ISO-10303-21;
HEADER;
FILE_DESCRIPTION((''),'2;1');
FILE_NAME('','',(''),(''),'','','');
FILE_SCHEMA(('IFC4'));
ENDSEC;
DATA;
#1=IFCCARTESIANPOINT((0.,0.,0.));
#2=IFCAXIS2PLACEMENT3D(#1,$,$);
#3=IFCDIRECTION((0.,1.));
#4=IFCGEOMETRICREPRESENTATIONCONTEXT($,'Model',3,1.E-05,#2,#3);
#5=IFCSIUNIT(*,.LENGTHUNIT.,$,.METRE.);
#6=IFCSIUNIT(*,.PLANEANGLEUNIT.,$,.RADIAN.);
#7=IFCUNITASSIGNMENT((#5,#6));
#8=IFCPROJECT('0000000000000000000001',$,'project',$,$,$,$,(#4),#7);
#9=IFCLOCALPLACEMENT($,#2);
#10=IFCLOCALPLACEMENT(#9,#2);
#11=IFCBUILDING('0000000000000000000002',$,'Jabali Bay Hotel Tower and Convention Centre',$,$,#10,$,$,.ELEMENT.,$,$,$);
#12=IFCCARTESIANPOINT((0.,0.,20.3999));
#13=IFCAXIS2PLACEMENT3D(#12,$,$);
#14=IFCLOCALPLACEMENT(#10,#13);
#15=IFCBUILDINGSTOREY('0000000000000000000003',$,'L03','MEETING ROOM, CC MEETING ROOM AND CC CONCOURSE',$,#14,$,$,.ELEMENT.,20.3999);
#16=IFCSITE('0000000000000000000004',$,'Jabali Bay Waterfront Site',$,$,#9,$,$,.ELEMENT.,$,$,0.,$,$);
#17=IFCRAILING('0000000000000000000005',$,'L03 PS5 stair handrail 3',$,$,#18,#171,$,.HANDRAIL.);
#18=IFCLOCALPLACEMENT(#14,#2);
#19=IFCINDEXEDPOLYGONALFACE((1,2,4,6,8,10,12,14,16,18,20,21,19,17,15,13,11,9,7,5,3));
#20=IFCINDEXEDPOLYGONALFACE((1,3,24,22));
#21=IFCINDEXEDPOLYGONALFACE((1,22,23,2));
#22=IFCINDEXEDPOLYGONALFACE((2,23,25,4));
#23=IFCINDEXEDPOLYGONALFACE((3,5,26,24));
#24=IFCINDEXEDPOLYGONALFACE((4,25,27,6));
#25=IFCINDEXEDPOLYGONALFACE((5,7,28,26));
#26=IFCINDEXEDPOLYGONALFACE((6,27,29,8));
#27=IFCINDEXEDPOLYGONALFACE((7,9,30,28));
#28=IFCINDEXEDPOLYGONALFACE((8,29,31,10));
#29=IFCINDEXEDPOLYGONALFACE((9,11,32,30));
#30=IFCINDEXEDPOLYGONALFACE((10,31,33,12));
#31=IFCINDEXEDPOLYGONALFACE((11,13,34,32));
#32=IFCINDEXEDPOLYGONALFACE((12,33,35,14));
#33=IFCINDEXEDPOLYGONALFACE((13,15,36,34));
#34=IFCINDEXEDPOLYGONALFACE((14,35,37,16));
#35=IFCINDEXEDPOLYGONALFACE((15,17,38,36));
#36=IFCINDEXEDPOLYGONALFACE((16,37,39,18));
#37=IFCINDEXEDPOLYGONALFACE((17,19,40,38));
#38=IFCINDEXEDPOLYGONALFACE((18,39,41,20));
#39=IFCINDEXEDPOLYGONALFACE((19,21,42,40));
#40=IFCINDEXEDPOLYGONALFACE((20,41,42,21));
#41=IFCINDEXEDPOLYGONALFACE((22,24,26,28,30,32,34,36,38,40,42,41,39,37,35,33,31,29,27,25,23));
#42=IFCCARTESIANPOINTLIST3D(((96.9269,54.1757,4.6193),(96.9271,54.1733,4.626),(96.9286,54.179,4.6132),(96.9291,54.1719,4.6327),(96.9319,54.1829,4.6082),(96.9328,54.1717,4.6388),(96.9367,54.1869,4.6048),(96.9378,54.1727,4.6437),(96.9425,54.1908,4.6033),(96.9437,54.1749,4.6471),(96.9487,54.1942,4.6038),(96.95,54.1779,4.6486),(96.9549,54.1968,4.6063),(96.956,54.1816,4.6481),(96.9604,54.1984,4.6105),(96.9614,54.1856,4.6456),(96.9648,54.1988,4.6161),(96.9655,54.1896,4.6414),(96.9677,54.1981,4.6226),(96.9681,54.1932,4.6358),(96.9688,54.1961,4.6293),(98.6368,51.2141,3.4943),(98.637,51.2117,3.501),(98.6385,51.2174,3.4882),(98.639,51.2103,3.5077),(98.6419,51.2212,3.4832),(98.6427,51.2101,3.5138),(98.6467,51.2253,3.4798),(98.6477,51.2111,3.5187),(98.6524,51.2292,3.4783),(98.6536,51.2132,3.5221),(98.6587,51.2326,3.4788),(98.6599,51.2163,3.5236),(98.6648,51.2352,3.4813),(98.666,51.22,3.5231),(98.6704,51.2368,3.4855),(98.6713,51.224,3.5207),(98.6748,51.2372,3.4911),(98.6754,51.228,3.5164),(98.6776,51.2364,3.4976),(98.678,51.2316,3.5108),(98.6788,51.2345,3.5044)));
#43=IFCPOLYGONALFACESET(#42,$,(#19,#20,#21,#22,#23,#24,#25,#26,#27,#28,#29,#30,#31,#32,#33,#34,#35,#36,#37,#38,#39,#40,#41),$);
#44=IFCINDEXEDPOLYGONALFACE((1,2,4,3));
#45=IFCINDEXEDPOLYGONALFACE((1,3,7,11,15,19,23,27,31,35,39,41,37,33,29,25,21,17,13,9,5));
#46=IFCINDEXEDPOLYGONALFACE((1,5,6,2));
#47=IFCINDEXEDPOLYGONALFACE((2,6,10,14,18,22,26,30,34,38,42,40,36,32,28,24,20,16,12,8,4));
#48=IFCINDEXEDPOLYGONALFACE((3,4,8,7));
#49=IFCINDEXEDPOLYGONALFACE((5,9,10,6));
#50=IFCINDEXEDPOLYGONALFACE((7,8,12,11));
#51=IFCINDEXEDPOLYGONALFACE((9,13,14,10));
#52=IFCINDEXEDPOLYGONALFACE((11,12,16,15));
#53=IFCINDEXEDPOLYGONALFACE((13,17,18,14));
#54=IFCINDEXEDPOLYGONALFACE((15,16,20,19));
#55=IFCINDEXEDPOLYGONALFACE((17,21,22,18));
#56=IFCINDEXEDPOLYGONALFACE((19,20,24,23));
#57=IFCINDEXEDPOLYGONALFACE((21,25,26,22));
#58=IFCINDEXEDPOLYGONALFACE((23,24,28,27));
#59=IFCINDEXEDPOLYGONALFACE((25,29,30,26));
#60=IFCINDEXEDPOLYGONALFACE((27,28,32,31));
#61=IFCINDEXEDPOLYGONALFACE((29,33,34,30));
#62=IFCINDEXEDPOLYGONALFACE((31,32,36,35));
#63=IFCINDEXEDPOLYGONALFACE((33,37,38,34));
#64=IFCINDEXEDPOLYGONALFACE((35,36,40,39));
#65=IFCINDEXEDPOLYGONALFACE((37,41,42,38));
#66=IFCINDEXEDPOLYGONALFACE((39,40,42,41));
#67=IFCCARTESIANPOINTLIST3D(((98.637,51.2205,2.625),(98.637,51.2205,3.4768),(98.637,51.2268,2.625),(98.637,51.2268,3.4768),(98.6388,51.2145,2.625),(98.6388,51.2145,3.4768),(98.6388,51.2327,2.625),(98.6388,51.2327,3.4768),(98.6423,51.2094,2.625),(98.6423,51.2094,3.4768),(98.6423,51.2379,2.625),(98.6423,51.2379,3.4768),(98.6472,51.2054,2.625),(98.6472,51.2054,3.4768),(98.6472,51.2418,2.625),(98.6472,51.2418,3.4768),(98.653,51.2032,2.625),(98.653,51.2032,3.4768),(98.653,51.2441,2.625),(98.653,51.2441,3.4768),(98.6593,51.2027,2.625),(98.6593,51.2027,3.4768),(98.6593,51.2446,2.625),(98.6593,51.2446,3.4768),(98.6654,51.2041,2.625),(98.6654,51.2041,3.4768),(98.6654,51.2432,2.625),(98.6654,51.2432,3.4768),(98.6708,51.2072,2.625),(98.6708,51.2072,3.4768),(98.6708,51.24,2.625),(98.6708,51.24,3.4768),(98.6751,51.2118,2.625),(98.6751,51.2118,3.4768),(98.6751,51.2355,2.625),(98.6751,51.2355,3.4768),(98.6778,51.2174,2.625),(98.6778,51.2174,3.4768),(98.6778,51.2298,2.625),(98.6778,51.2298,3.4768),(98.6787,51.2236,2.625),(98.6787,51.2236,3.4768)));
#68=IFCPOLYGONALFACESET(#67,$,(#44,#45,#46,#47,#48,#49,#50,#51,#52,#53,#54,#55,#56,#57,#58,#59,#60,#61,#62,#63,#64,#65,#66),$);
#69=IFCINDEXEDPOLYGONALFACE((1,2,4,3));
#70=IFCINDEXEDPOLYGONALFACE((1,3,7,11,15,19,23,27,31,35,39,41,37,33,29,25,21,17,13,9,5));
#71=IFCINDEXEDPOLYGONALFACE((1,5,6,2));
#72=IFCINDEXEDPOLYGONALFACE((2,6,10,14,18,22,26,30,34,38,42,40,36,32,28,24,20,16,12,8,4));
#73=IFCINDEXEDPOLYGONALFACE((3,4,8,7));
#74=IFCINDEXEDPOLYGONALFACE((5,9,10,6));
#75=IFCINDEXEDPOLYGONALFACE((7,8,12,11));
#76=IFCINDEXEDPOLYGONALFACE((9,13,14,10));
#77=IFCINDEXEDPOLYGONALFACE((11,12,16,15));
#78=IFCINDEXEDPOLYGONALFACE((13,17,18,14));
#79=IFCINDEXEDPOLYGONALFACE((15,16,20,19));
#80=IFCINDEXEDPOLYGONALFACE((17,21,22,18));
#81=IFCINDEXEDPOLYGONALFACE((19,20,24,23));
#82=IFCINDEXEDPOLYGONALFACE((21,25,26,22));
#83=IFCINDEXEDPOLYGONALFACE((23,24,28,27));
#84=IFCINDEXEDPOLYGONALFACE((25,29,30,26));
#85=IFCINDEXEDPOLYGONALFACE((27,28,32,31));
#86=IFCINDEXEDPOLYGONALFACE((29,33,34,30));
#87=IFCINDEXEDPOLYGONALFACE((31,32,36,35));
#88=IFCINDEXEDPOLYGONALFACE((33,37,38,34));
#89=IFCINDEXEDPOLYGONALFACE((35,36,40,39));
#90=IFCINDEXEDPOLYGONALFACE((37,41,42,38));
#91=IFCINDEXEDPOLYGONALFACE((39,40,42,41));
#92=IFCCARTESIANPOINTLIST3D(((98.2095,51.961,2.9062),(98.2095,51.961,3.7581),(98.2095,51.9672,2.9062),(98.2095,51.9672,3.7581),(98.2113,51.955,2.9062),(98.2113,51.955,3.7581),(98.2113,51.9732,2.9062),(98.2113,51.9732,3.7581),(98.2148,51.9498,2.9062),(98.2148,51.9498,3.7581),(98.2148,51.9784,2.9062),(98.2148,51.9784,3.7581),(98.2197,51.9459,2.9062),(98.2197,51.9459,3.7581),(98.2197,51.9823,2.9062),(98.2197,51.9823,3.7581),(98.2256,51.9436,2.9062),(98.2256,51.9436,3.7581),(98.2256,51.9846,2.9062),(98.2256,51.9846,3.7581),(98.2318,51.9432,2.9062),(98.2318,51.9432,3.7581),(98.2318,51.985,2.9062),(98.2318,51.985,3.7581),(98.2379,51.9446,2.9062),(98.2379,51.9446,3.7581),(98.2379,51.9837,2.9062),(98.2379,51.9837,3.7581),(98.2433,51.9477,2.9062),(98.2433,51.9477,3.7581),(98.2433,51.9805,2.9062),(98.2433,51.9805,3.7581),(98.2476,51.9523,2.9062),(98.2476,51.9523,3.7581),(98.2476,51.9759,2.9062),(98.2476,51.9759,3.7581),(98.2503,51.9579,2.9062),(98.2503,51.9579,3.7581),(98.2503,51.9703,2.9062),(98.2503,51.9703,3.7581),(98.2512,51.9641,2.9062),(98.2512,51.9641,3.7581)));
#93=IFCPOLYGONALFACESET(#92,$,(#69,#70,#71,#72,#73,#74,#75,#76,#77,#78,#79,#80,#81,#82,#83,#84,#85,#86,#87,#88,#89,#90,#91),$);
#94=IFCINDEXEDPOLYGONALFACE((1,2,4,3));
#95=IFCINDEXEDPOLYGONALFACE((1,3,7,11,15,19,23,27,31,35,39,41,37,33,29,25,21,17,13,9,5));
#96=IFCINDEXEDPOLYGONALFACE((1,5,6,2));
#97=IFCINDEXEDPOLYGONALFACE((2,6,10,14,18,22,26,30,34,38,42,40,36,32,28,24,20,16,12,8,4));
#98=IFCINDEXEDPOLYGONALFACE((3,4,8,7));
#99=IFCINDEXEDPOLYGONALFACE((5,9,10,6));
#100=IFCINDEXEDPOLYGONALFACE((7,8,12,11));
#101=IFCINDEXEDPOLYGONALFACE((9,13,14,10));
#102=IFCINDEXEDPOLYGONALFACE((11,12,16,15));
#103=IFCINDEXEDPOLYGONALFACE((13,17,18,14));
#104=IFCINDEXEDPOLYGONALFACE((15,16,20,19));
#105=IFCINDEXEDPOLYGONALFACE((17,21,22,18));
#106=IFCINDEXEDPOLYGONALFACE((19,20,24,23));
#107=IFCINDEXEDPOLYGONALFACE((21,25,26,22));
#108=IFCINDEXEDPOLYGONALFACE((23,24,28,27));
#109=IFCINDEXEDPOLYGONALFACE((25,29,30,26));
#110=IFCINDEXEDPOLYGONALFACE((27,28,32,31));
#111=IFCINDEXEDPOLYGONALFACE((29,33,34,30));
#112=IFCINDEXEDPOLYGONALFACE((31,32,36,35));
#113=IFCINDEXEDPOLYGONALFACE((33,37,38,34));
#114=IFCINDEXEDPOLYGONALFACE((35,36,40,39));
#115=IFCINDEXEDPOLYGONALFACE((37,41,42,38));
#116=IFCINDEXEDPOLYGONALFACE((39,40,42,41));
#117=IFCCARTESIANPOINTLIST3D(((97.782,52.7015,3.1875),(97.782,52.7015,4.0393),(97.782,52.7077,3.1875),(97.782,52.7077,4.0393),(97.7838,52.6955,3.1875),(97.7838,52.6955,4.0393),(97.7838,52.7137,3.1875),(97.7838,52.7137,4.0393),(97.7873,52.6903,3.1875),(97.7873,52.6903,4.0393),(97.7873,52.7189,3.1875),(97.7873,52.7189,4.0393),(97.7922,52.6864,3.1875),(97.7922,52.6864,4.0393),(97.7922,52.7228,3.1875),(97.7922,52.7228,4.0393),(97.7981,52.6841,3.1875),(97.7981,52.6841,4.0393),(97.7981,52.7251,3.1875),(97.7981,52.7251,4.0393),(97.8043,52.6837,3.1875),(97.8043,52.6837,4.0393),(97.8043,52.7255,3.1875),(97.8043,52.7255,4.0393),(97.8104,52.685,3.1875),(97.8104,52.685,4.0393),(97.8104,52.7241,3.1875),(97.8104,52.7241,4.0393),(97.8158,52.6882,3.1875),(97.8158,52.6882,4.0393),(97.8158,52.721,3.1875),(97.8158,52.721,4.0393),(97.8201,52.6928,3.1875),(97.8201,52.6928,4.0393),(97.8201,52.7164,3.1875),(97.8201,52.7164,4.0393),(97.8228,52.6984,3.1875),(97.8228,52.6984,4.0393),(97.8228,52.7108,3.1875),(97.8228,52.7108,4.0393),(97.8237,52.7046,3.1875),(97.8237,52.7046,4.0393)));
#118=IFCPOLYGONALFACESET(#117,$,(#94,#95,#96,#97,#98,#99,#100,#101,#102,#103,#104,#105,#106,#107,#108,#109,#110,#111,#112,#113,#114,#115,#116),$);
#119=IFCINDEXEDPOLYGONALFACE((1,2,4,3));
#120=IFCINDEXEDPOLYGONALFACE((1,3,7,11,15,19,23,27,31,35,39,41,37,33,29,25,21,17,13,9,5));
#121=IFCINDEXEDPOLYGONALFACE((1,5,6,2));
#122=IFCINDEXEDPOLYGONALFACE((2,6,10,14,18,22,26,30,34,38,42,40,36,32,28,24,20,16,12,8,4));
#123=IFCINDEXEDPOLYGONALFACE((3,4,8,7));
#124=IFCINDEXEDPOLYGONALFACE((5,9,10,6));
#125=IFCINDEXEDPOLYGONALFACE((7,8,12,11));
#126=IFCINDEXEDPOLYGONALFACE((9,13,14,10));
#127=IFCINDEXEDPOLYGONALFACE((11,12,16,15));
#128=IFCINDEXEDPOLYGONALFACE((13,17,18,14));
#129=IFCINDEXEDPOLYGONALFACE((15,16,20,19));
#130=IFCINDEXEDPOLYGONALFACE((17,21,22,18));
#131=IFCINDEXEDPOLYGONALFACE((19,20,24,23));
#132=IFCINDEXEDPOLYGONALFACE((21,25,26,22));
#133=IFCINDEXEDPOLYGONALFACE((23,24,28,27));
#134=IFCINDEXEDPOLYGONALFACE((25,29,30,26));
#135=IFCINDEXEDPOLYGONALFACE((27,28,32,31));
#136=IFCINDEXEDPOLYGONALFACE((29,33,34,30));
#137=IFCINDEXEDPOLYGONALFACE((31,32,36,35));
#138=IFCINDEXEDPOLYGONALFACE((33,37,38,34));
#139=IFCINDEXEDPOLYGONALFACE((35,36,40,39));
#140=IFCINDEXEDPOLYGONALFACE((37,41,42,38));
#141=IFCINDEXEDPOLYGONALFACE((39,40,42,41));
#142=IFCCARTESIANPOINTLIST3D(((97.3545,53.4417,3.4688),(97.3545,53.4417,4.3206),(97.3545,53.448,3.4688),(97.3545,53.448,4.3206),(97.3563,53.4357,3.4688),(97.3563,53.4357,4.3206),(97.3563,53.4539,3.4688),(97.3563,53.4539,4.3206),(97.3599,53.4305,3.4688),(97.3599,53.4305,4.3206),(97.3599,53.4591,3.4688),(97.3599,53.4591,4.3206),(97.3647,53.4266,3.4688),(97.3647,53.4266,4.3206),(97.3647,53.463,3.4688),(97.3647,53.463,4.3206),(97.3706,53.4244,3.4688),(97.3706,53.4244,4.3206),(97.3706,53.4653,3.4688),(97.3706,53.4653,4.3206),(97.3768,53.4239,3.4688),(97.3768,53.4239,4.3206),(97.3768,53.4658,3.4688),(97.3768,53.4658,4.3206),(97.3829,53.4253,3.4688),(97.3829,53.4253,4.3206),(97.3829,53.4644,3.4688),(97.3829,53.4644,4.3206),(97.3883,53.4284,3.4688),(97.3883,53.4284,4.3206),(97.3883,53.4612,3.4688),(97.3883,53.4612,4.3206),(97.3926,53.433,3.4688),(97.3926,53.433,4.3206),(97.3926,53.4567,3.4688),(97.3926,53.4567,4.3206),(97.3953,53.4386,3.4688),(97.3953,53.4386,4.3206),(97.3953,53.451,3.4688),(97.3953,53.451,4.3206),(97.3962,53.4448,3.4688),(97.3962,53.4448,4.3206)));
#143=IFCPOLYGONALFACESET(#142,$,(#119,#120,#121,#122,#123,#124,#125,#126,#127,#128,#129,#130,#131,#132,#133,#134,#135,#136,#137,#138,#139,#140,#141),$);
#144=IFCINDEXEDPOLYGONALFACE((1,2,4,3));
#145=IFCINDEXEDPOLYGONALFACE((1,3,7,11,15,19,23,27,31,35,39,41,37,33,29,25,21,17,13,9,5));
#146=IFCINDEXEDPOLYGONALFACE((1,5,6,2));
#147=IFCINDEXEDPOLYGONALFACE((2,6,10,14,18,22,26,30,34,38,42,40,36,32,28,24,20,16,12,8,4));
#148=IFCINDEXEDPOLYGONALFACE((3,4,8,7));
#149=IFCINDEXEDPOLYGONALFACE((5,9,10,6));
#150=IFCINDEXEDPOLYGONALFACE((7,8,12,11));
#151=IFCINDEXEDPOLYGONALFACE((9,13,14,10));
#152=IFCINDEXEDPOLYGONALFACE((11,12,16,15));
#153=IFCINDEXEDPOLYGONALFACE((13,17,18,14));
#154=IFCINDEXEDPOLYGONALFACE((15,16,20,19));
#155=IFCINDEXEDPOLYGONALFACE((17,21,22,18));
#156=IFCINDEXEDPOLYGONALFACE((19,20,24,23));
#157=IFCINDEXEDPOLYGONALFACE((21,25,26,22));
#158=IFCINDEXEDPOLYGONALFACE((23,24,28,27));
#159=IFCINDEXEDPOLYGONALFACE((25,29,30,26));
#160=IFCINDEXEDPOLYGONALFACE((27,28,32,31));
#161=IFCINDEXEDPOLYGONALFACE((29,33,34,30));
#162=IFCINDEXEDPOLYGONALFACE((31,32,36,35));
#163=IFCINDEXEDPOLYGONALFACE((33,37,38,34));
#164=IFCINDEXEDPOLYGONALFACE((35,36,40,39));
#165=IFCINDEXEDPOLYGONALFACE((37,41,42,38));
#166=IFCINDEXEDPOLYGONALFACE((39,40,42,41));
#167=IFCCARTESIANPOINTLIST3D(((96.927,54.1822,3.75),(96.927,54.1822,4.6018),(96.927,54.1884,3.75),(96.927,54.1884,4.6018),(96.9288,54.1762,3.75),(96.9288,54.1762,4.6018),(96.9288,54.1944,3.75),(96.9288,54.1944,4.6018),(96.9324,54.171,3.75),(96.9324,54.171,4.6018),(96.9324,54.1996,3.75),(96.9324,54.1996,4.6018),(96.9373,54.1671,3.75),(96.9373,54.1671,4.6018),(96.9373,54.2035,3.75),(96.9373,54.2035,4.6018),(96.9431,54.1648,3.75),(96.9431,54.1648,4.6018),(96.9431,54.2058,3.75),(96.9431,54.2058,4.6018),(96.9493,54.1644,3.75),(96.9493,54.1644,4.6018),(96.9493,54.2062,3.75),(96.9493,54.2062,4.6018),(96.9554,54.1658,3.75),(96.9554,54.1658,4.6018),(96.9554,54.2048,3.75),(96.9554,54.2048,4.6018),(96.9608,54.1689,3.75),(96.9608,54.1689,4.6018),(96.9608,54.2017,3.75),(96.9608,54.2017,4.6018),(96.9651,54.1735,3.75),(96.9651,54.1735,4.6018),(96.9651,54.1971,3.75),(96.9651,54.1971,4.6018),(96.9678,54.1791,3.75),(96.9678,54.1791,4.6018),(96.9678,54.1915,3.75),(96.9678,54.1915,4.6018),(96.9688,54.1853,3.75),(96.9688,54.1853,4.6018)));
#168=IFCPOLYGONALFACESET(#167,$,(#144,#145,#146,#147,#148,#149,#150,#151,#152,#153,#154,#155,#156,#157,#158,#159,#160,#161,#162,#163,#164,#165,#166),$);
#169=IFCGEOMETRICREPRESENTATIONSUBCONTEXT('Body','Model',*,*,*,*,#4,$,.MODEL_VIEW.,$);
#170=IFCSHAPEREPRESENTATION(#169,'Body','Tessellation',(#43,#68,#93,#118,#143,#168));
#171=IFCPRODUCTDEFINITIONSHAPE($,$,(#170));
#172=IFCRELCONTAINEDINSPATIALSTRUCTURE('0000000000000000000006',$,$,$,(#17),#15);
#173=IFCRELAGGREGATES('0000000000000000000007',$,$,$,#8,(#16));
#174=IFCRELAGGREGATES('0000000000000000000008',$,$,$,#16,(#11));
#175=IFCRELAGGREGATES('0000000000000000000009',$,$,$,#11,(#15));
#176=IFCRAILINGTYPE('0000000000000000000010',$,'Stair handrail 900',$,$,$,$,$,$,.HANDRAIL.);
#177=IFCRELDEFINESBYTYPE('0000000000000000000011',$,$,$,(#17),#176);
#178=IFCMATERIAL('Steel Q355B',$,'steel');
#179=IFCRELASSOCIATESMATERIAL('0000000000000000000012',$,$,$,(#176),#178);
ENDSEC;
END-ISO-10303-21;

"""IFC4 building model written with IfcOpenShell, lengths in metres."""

from ifc_helpers import new_model, si_unit, direction, frame, origin, origin_2d, place, context, subcontext, project, spatial, circle, extrude, material, type_object, element, save


model = new_model("IFC4")

# Units and contexts
model_context = context("Model", 3, precision=1e-05, world=origin(), true_north=direction((0.0, 1.0)))
body_context = subcontext(model_context, "Body", "Model", "MODEL_VIEW")
ifc_project = project(units=[si_unit("LENGTHUNIT", "METRE"), si_unit("PLANEANGLEUNIT", "RADIAN")], contexts=[model_context])

# Site, building, storey
site_placement = place(None, origin())
site = spatial("IfcSite", under=ifc_project, at=site_placement, Name="Jabali Bay Waterfront Site", CompositionType="ELEMENT", RefElevation=0.0)
building_placement = place(site_placement, origin())
building = spatial("IfcBuilding", under=site, at=building_placement, Name="Jabali Bay Hotel Tower and Convention Centre", CompositionType="ELEMENT")
storey_placement = place(building_placement, frame((0.0, 0.0, 20.3999)))
storey = spatial("IfcBuildingStorey", under=building, at=storey_placement, Name="L03", Description="MEETING ROOM, CC MEETING ROOM AND CC CONCOURSE", CompositionType="ELEMENT", Elevation=20.3999)

# Railing
ifc_material_1 = material(Name="Steel Q355B", Category="steel")
railing_type_1 = type_object("IfcRailingType", Name="Stair handrail 900", PredefinedType="HANDRAIL", material=ifc_material_1)
railing_1_placement = place(storey_placement, frame((98.6577, 51.2236, 2.625)))
element("IfcRailing", 1, at=railing_1_placement, inside=storey, type_object=railing_type_1, Name="L03 PS5 stair handrail 3", PredefinedType="HANDRAIL", context=body_context, shape_type="SweptSolid", body=[
    extrude(circle(Radius=0.0239, at=origin_2d()), frame((0.0, 0.0, 0.876), z_axis=(-0.474969, 0.822652, 0.312487), x_axis=(-0.86602, -0.500009, 0.0)), (0.0, 0.0, 1.0), 3.6001),
    extrude(circle(Radius=0.021, at=origin_2d()), origin(), (0.0, 0.0, 1.0), 0.8518),
    extrude(circle(Radius=0.021, at=origin_2d()), frame((-0.4275, 0.7405, 0.2812)), (0.0, 0.0, 1.0), 0.8518),
    extrude(circle(Radius=0.021, at=origin_2d()), frame((-0.855, 1.481, 0.5625)), (0.0, 0.0, 1.0), 0.8518),
    extrude(circle(Radius=0.021, at=origin_2d()), frame((-1.2825, 2.2212, 0.8438)), (0.0, 0.0, 1.0), 0.8518),
    extrude(circle(Radius=0.021, at=origin_2d()), frame((-1.71, 2.9617, 1.125)), (0.0, 0.0, 1.0), 0.8518),
])

save(model, "model.ifc")
